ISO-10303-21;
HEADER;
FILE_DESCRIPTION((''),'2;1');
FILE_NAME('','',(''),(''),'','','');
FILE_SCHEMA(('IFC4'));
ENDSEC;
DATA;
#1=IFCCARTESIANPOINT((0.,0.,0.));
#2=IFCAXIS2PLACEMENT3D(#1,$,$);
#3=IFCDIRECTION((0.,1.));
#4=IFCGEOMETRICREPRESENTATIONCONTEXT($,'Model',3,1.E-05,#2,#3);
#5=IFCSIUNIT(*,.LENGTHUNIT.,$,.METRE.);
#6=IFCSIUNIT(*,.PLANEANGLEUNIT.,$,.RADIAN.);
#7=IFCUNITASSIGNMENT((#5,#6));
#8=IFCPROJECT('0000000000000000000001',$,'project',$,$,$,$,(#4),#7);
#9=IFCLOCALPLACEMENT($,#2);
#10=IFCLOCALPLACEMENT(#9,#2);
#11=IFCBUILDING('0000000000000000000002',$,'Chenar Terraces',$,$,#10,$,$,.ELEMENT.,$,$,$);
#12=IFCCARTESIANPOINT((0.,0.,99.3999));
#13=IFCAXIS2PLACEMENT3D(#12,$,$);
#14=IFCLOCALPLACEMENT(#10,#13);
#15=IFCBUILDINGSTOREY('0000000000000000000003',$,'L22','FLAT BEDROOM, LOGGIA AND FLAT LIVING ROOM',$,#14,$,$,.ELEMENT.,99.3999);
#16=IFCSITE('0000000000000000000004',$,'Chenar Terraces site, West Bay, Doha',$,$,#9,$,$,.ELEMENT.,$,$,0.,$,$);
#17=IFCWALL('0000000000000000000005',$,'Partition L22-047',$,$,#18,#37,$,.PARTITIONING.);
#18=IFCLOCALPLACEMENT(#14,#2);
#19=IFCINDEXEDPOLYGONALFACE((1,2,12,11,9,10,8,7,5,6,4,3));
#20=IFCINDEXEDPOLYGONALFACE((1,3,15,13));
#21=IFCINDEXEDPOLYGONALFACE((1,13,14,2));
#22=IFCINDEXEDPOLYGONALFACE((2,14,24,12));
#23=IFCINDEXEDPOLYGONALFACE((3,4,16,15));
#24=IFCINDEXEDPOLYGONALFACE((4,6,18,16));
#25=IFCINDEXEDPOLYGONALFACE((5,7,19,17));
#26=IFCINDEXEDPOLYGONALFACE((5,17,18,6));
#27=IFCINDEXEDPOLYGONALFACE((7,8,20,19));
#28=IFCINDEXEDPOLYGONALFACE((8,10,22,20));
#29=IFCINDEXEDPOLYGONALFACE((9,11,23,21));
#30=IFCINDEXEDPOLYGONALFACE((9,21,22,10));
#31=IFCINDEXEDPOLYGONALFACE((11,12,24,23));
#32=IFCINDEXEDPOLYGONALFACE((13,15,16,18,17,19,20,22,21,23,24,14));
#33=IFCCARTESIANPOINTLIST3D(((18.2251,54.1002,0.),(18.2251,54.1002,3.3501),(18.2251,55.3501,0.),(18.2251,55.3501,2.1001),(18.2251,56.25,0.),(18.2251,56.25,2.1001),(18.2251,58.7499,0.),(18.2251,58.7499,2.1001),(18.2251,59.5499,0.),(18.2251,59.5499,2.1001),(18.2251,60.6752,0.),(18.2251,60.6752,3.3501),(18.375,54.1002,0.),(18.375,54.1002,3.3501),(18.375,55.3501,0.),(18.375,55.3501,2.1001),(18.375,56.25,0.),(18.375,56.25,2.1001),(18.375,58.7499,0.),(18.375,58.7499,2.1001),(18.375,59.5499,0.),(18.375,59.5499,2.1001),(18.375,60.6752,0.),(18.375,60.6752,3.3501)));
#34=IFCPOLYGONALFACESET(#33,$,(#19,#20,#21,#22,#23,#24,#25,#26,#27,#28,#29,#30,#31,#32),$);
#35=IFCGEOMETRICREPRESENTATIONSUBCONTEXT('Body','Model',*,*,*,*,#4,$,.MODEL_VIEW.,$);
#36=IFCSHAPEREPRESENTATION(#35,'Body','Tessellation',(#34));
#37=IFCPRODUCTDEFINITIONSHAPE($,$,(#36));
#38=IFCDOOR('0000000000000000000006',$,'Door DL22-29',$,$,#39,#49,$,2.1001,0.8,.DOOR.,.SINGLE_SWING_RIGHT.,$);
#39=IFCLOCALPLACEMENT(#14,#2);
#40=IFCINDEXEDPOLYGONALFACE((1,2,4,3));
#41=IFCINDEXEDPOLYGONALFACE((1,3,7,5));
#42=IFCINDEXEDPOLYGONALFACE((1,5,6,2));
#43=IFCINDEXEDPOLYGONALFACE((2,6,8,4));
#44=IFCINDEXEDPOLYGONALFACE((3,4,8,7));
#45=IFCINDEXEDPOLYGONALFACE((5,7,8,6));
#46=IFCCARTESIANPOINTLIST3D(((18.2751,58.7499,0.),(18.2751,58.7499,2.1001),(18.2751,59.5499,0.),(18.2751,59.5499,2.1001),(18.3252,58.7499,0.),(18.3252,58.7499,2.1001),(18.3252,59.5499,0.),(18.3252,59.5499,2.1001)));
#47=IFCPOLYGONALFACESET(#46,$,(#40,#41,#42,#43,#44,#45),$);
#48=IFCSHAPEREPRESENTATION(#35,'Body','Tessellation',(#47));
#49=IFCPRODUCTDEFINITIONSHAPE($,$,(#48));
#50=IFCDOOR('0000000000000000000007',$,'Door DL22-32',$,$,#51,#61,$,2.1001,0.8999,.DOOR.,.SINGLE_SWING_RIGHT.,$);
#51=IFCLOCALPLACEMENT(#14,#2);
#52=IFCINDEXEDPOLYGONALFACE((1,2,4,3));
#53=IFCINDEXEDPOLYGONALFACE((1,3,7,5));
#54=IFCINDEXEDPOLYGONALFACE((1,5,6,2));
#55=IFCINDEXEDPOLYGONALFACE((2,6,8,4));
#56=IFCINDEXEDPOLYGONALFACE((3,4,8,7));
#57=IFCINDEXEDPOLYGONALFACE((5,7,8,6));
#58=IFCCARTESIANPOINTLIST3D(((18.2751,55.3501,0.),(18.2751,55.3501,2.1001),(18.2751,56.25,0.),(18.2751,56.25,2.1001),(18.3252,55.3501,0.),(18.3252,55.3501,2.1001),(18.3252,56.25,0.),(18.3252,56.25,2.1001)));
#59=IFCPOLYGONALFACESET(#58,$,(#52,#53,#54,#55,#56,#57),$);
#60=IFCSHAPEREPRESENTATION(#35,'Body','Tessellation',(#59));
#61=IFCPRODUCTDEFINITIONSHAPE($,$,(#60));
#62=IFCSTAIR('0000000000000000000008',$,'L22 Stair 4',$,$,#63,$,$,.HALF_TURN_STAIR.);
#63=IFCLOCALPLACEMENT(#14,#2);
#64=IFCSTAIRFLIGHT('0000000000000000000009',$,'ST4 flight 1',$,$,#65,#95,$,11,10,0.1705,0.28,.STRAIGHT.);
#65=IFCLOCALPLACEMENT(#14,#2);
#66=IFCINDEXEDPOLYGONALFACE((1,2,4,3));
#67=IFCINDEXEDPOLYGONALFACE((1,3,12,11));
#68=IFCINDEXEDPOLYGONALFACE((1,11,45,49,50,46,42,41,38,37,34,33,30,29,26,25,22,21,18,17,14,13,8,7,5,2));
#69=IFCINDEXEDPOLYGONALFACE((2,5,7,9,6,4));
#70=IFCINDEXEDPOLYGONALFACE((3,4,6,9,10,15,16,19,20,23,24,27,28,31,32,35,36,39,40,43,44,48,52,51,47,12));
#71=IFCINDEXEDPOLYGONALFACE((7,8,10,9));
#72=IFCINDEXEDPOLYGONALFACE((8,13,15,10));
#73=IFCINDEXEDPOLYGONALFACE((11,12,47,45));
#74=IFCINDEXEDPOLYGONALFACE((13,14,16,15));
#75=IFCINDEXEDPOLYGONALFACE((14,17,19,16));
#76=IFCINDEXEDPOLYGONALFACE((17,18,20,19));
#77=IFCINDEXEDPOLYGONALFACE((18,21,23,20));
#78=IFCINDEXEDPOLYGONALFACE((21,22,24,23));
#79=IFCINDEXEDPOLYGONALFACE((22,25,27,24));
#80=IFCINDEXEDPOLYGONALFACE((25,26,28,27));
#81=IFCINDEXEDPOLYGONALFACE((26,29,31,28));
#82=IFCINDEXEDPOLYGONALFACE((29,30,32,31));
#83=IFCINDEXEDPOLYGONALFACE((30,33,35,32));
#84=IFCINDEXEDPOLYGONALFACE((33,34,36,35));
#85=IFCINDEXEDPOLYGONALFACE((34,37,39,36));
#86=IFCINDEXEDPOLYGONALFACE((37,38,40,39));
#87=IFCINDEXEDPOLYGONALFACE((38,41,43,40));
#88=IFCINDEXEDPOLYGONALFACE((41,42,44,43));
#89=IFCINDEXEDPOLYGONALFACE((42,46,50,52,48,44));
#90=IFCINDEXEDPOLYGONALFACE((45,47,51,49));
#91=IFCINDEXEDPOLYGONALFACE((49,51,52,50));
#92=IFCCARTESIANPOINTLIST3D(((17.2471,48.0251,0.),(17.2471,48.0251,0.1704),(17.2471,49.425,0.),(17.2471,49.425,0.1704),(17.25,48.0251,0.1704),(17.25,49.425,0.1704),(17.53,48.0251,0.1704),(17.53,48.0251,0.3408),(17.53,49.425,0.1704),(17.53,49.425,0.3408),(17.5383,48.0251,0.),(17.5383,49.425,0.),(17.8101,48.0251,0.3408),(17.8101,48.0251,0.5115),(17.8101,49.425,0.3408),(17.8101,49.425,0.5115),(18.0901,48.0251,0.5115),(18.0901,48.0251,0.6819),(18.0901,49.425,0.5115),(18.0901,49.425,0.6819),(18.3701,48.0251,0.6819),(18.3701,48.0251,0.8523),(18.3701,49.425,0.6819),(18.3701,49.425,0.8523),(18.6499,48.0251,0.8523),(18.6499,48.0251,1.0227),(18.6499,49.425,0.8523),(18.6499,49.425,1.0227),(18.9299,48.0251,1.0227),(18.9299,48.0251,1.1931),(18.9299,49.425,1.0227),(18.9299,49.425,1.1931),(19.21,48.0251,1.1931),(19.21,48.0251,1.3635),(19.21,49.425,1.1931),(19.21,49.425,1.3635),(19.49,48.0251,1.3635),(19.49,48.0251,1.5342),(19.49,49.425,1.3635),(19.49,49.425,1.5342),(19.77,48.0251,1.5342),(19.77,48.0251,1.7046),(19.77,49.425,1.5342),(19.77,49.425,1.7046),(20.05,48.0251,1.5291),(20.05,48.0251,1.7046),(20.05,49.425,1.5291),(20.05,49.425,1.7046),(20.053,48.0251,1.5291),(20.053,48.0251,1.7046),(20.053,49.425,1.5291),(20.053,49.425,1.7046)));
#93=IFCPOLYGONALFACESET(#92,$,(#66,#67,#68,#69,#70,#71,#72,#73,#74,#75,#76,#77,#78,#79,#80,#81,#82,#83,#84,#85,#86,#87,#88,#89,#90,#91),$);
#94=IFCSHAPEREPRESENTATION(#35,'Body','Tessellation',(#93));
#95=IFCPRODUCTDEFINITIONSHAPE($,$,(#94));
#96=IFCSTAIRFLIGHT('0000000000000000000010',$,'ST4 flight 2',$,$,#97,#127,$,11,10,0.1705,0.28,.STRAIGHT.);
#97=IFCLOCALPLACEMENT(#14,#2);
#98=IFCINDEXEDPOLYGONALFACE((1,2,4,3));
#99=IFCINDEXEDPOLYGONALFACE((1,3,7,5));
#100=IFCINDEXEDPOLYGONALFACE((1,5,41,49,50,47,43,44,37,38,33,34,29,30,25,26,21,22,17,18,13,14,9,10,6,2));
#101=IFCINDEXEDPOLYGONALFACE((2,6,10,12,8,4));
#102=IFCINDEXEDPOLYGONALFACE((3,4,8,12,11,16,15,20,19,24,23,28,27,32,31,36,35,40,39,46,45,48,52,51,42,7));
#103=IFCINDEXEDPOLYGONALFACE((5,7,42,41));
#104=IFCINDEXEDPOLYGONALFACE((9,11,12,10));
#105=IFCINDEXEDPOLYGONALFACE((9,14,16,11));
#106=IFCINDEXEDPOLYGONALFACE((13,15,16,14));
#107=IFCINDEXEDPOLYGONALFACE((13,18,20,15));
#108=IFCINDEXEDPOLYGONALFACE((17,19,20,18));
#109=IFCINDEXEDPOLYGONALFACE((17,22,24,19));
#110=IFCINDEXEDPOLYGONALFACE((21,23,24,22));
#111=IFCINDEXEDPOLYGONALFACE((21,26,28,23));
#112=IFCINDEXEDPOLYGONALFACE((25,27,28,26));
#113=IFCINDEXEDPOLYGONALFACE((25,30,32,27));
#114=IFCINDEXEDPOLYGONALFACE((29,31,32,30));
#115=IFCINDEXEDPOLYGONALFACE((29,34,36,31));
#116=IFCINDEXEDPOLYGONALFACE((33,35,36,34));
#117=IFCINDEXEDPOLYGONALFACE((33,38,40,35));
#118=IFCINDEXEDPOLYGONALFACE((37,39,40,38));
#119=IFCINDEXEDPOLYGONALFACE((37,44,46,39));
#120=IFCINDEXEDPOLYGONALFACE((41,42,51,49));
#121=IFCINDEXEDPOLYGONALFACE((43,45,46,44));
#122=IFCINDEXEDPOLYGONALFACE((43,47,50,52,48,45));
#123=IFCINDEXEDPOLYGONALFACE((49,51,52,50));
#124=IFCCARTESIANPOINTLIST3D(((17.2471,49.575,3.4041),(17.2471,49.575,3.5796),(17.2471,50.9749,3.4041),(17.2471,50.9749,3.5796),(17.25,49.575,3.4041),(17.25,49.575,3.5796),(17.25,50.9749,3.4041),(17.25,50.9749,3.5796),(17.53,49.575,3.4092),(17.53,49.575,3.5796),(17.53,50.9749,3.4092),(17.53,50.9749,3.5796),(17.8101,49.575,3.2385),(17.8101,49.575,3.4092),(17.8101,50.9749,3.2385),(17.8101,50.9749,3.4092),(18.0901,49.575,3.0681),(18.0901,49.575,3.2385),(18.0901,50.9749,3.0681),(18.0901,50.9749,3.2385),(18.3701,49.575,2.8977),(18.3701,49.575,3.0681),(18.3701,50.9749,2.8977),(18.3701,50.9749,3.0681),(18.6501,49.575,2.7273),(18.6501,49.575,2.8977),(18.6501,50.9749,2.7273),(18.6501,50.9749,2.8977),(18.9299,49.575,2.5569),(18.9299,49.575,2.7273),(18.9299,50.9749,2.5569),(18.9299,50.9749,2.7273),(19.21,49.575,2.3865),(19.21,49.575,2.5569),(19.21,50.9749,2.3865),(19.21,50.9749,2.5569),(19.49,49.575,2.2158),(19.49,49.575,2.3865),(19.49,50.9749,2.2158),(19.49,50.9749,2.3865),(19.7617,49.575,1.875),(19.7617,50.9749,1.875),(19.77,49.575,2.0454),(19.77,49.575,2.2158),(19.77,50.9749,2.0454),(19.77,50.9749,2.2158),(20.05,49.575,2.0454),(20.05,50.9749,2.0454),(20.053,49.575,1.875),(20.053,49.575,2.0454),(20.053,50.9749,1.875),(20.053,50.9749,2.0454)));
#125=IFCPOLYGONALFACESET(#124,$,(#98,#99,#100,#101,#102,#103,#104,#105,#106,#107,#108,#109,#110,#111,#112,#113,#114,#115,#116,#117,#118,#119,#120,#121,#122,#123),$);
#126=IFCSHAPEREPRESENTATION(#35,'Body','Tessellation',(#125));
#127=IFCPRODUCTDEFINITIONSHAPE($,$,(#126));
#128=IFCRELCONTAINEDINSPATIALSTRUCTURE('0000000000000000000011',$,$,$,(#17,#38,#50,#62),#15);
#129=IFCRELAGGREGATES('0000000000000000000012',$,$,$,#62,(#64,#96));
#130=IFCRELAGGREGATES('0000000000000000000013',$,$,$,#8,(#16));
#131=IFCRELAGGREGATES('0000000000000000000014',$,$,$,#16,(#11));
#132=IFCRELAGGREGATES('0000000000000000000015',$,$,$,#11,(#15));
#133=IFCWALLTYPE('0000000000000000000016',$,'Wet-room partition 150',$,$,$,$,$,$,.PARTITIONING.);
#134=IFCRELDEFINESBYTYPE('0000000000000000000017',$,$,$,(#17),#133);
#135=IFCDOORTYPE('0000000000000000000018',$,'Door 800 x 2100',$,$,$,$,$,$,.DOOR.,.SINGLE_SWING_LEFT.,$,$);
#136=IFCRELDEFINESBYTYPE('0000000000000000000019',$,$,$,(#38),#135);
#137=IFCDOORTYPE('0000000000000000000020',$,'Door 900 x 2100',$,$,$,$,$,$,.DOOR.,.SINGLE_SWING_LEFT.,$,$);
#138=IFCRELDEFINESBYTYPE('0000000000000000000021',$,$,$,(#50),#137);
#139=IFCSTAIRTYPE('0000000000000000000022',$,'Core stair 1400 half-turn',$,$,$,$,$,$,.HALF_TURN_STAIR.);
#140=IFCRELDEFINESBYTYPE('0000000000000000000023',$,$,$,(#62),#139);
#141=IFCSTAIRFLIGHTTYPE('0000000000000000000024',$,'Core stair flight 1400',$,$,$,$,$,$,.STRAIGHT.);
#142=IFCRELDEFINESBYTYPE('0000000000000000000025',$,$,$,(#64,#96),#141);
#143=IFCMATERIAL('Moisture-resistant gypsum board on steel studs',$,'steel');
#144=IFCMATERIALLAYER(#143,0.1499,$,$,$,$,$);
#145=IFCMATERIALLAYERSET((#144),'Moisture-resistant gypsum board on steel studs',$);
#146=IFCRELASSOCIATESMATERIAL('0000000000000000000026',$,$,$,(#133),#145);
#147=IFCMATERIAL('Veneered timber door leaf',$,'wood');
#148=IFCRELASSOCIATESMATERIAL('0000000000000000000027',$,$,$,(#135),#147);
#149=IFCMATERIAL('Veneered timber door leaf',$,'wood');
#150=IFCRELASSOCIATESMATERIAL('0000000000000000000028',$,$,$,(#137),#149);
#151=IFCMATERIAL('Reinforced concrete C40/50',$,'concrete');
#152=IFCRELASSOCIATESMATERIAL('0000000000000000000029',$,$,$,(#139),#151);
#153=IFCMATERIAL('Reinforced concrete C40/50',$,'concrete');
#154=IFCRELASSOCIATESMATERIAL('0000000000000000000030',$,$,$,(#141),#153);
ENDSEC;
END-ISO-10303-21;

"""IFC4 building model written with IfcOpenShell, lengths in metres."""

from ifc_helpers import new_model, si_unit, direction, frame, frame_2d, origin, place, context, subcontext, project, spatial, polyline, rectangle, outline, extrude, material, layer, layer_set, type_object, element, fill, aggregate, save


model = new_model("IFC4")

# Units and contexts
model_context = context("Model", 3, precision=1e-05, world=origin(), true_north=direction((0.0, 1.0)))
body_context = subcontext(model_context, "Body", "Model", "MODEL_VIEW")
ifc_project = project(units=[si_unit("LENGTHUNIT", "METRE"), si_unit("PLANEANGLEUNIT", "RADIAN")], contexts=[model_context])

# Site, building, storey
site_placement = place(None, origin())
site = spatial("IfcSite", under=ifc_project, at=site_placement, Name="Chenar Terraces site, West Bay, Doha", CompositionType="ELEMENT", RefElevation=0.0)
building_placement = place(site_placement, origin())
building = spatial("IfcBuilding", under=site, at=building_placement, Name="Chenar Terraces", CompositionType="ELEMENT")
storey_placement = place(building_placement, frame((0.0, 0.0, 99.3999)))
storey = spatial("IfcBuildingStorey", under=building, at=storey_placement, Name="L22", Description="FLAT BEDROOM, LOGGIA AND FLAT LIVING ROOM", CompositionType="ELEMENT", Elevation=99.3999)

# Wall, openings, doors
ifc_material_1 = material(Name="Moisture-resistant gypsum board on steel studs", Category="steel")
ifc_layer_1 = layer(ifc_material_1, 0.1499)
ifc_layer_set_1 = layer_set([ifc_layer_1], Name="Moisture-resistant gypsum board on steel studs")
wall_type_1 = type_object("IfcWallType", Name="Wet-room partition 150", PredefinedType="PARTITIONING", material=ifc_layer_set_1)
wall_1_placement = place(storey_placement, frame((18.3, 54.1001, 0.0), z_axis=(0.0, 0.0, 1.0), x_axis=(0.0, 1.0, 0.0)))
wall_1 = element("IfcWall", 1, at=wall_1_placement, inside=storey, type_object=wall_type_1, Name="Partition L22-047", PredefinedType="PARTITIONING", context=body_context, shape_type="SweptSolid", body=[
    extrude(rectangle(XDim=6.575, YDim=0.1499, at=frame_2d((3.2876, 0.0))), origin(), (0.0, 0.0, 1.0), 3.3501),
])
opening_1_placement = place(wall_1_placement, frame((4.6499, 0.0, 0.0)))
opening_1 = element("IfcOpeningElement", 2, at=opening_1_placement, cuts=wall_1, PredefinedType="OPENING", context=body_context, shape_type="SweptSolid", body=[
    extrude(rectangle(XDim=0.8, YDim=2.1001, at=frame_2d((0.3999, 1.05))), frame((0.0, 0.085, 0.0), z_axis=(0.0, -1.0, 0.0), x_axis=(1.0, 0.0, 0.0)), (0.0, 0.0, 1.0), 0.1699),
])
opening_2_placement = place(wall_1_placement, frame((1.25, 0.0, 0.0)))
opening_2 = element("IfcOpeningElement", 3, at=opening_2_placement, cuts=wall_1, PredefinedType="OPENING", context=body_context, shape_type="SweptSolid", body=[
    extrude(rectangle(XDim=0.8999, YDim=2.1001, at=frame_2d((0.45, 1.05))), frame((0.0, 0.085, 0.0), z_axis=(0.0, -1.0, 0.0), x_axis=(1.0, 0.0, 0.0)), (0.0, 0.0, 1.0), 0.1699),
])
ifc_material_2 = material(Name="Veneered timber door leaf", Category="wood")
door_type_1 = type_object("IfcDoorType", Name="Door 800 x 2100", OperationType="SINGLE_SWING_LEFT", PredefinedType="DOOR", material=ifc_material_2)
door_1_placement = place(opening_1_placement, origin())
door_1 = element("IfcDoor", 4, at=door_1_placement, inside=storey, type_object=door_type_1, Name="Door DL22-29", OperationType="SINGLE_SWING_RIGHT", OverallHeight=2.1001, OverallWidth=0.8, PredefinedType="DOOR", context=body_context, shape_type="SweptSolid", body=[
    extrude(rectangle(XDim=0.8, YDim=2.1001, at=frame_2d((0.3999, 1.05))), frame((0.0, 0.0249, 0.0), z_axis=(0.0, -1.0, 0.0), x_axis=(1.0, 0.0, 0.0)), (0.0, 0.0, 1.0), 0.05),
])
fill(opening_1, door_1)
ifc_material_3 = material(Name="Veneered timber door leaf", Category="wood")
door_type_2 = type_object("IfcDoorType", Name="Door 900 x 2100", OperationType="SINGLE_SWING_LEFT", PredefinedType="DOOR", material=ifc_material_3)
door_2_placement = place(opening_2_placement, origin())
door_2 = element("IfcDoor", 5, at=door_2_placement, inside=storey, type_object=door_type_2, Name="Door DL22-32", OperationType="SINGLE_SWING_RIGHT", OverallHeight=2.1001, OverallWidth=0.8999, PredefinedType="DOOR", context=body_context, shape_type="SweptSolid", body=[
    extrude(rectangle(XDim=0.8999, YDim=2.1001, at=frame_2d((0.45, 1.05))), frame((0.0, 0.0249, 0.0), z_axis=(0.0, -1.0, 0.0), x_axis=(1.0, 0.0, 0.0)), (0.0, 0.0, 1.0), 0.05),
])
fill(opening_2, door_2)

# Stair, stair flights
ifc_material_4 = material(Name="Reinforced concrete C40/50", Category="concrete")
stair_type = type_object("IfcStairType", Name="Core stair 1400 half-turn", PredefinedType="HALF_TURN_STAIR", material=ifc_material_4)
stair_placement = place(storey_placement, origin())
stair = element("IfcStair", 6, at=stair_placement, inside=storey, type_object=stair_type, Name="L22 Stair 4", PredefinedType="HALF_TURN_STAIR")
ifc_material_5 = material(Name="Reinforced concrete C40/50", Category="concrete")
stair_flight_type = type_object("IfcStairFlightType", Name="Core stair flight 1400", PredefinedType="STRAIGHT", material=ifc_material_5)
stair_flight_1_placement = place(storey_placement, frame((17.25, 48.7251, 0.0), z_axis=(0.0, 0.0, 1.0), x_axis=(1.0, 0.0, 0.0)))
stair_flight_1 = element("IfcStairFlight", 7, at=stair_flight_1_placement, type_object=stair_flight_type, Name="ST4 flight 1", NumberOfRisers=11, NumberOfTreads=10, PredefinedType="STRAIGHT", RiserHeight=0.1705, TreadLength=0.28, context=body_context, shape_type="SweptSolid", body=[
    extrude(outline(polyline([(-0.0029, 0.0), (-0.0029, 0.1704), (0.0, 0.1704), (0.28, 0.1704), (0.28, 0.3408), (0.5601, 0.3408), (0.5601, 0.5115), (0.8401, 0.5115), (0.8401, 0.6819), (1.1201, 0.6819), (1.1201, 0.8523), (1.3999, 0.8523), (1.3999, 1.0227), (1.6799, 1.0227), (1.6799, 1.1931), (1.96, 1.1931), (1.96, 1.3635), (2.24, 1.3635), (2.24, 1.5342), (2.52, 1.5342), (2.52, 1.7046), (2.8, 1.7046), (2.803, 1.7046), (2.803, 1.5291), (2.8, 1.5291), (0.2883, 0.0), (-0.0029, 0.0)])), frame((0.0, 0.7, 0.0), z_axis=(0.0, -1.0, 0.0), x_axis=(1.0, 0.0, 0.0)), (0.0, 0.0, 1.0), 1.3999),
])
stair_flight_2_placement = place(storey_placement, frame((20.05, 50.2749, 1.875), z_axis=(0.0, 0.0, 1.0), x_axis=(-1.0, 0.0, 0.0)))
stair_flight_2 = element("IfcStairFlight", 8, at=stair_flight_2_placement, type_object=stair_flight_type, Name="ST4 flight 2", NumberOfRisers=11, NumberOfTreads=10, PredefinedType="STRAIGHT", RiserHeight=0.1705, TreadLength=0.28, context=body_context, shape_type="SweptSolid", body=[
    extrude(outline(polyline([(-0.0029, 0.0), (-0.0029, 0.1704), (0.0, 0.1704), (0.28, 0.1704), (0.28, 0.3408), (0.5601, 0.3408), (0.5601, 0.5115), (0.8401, 0.5115), (0.8401, 0.6819), (1.1201, 0.6819), (1.1201, 0.8523), (1.3999, 0.8523), (1.3999, 1.0227), (1.6799, 1.0227), (1.6799, 1.1931), (1.96, 1.1931), (1.96, 1.3635), (2.24, 1.3635), (2.24, 1.5342), (2.52, 1.5342), (2.52, 1.7046), (2.8, 1.7046), (2.803, 1.7046), (2.803, 1.5291), (2.8, 1.5291), (0.2883, 0.0), (-0.0029, 0.0)])), frame((0.0, 0.7, 0.0), z_axis=(0.0, -1.0, 0.0), x_axis=(1.0, 0.0, 0.0)), (0.0, 0.0, 1.0), 1.3999),
])
aggregate(stair, [stair_flight_1, stair_flight_2])

save(model, "model.ifc")
